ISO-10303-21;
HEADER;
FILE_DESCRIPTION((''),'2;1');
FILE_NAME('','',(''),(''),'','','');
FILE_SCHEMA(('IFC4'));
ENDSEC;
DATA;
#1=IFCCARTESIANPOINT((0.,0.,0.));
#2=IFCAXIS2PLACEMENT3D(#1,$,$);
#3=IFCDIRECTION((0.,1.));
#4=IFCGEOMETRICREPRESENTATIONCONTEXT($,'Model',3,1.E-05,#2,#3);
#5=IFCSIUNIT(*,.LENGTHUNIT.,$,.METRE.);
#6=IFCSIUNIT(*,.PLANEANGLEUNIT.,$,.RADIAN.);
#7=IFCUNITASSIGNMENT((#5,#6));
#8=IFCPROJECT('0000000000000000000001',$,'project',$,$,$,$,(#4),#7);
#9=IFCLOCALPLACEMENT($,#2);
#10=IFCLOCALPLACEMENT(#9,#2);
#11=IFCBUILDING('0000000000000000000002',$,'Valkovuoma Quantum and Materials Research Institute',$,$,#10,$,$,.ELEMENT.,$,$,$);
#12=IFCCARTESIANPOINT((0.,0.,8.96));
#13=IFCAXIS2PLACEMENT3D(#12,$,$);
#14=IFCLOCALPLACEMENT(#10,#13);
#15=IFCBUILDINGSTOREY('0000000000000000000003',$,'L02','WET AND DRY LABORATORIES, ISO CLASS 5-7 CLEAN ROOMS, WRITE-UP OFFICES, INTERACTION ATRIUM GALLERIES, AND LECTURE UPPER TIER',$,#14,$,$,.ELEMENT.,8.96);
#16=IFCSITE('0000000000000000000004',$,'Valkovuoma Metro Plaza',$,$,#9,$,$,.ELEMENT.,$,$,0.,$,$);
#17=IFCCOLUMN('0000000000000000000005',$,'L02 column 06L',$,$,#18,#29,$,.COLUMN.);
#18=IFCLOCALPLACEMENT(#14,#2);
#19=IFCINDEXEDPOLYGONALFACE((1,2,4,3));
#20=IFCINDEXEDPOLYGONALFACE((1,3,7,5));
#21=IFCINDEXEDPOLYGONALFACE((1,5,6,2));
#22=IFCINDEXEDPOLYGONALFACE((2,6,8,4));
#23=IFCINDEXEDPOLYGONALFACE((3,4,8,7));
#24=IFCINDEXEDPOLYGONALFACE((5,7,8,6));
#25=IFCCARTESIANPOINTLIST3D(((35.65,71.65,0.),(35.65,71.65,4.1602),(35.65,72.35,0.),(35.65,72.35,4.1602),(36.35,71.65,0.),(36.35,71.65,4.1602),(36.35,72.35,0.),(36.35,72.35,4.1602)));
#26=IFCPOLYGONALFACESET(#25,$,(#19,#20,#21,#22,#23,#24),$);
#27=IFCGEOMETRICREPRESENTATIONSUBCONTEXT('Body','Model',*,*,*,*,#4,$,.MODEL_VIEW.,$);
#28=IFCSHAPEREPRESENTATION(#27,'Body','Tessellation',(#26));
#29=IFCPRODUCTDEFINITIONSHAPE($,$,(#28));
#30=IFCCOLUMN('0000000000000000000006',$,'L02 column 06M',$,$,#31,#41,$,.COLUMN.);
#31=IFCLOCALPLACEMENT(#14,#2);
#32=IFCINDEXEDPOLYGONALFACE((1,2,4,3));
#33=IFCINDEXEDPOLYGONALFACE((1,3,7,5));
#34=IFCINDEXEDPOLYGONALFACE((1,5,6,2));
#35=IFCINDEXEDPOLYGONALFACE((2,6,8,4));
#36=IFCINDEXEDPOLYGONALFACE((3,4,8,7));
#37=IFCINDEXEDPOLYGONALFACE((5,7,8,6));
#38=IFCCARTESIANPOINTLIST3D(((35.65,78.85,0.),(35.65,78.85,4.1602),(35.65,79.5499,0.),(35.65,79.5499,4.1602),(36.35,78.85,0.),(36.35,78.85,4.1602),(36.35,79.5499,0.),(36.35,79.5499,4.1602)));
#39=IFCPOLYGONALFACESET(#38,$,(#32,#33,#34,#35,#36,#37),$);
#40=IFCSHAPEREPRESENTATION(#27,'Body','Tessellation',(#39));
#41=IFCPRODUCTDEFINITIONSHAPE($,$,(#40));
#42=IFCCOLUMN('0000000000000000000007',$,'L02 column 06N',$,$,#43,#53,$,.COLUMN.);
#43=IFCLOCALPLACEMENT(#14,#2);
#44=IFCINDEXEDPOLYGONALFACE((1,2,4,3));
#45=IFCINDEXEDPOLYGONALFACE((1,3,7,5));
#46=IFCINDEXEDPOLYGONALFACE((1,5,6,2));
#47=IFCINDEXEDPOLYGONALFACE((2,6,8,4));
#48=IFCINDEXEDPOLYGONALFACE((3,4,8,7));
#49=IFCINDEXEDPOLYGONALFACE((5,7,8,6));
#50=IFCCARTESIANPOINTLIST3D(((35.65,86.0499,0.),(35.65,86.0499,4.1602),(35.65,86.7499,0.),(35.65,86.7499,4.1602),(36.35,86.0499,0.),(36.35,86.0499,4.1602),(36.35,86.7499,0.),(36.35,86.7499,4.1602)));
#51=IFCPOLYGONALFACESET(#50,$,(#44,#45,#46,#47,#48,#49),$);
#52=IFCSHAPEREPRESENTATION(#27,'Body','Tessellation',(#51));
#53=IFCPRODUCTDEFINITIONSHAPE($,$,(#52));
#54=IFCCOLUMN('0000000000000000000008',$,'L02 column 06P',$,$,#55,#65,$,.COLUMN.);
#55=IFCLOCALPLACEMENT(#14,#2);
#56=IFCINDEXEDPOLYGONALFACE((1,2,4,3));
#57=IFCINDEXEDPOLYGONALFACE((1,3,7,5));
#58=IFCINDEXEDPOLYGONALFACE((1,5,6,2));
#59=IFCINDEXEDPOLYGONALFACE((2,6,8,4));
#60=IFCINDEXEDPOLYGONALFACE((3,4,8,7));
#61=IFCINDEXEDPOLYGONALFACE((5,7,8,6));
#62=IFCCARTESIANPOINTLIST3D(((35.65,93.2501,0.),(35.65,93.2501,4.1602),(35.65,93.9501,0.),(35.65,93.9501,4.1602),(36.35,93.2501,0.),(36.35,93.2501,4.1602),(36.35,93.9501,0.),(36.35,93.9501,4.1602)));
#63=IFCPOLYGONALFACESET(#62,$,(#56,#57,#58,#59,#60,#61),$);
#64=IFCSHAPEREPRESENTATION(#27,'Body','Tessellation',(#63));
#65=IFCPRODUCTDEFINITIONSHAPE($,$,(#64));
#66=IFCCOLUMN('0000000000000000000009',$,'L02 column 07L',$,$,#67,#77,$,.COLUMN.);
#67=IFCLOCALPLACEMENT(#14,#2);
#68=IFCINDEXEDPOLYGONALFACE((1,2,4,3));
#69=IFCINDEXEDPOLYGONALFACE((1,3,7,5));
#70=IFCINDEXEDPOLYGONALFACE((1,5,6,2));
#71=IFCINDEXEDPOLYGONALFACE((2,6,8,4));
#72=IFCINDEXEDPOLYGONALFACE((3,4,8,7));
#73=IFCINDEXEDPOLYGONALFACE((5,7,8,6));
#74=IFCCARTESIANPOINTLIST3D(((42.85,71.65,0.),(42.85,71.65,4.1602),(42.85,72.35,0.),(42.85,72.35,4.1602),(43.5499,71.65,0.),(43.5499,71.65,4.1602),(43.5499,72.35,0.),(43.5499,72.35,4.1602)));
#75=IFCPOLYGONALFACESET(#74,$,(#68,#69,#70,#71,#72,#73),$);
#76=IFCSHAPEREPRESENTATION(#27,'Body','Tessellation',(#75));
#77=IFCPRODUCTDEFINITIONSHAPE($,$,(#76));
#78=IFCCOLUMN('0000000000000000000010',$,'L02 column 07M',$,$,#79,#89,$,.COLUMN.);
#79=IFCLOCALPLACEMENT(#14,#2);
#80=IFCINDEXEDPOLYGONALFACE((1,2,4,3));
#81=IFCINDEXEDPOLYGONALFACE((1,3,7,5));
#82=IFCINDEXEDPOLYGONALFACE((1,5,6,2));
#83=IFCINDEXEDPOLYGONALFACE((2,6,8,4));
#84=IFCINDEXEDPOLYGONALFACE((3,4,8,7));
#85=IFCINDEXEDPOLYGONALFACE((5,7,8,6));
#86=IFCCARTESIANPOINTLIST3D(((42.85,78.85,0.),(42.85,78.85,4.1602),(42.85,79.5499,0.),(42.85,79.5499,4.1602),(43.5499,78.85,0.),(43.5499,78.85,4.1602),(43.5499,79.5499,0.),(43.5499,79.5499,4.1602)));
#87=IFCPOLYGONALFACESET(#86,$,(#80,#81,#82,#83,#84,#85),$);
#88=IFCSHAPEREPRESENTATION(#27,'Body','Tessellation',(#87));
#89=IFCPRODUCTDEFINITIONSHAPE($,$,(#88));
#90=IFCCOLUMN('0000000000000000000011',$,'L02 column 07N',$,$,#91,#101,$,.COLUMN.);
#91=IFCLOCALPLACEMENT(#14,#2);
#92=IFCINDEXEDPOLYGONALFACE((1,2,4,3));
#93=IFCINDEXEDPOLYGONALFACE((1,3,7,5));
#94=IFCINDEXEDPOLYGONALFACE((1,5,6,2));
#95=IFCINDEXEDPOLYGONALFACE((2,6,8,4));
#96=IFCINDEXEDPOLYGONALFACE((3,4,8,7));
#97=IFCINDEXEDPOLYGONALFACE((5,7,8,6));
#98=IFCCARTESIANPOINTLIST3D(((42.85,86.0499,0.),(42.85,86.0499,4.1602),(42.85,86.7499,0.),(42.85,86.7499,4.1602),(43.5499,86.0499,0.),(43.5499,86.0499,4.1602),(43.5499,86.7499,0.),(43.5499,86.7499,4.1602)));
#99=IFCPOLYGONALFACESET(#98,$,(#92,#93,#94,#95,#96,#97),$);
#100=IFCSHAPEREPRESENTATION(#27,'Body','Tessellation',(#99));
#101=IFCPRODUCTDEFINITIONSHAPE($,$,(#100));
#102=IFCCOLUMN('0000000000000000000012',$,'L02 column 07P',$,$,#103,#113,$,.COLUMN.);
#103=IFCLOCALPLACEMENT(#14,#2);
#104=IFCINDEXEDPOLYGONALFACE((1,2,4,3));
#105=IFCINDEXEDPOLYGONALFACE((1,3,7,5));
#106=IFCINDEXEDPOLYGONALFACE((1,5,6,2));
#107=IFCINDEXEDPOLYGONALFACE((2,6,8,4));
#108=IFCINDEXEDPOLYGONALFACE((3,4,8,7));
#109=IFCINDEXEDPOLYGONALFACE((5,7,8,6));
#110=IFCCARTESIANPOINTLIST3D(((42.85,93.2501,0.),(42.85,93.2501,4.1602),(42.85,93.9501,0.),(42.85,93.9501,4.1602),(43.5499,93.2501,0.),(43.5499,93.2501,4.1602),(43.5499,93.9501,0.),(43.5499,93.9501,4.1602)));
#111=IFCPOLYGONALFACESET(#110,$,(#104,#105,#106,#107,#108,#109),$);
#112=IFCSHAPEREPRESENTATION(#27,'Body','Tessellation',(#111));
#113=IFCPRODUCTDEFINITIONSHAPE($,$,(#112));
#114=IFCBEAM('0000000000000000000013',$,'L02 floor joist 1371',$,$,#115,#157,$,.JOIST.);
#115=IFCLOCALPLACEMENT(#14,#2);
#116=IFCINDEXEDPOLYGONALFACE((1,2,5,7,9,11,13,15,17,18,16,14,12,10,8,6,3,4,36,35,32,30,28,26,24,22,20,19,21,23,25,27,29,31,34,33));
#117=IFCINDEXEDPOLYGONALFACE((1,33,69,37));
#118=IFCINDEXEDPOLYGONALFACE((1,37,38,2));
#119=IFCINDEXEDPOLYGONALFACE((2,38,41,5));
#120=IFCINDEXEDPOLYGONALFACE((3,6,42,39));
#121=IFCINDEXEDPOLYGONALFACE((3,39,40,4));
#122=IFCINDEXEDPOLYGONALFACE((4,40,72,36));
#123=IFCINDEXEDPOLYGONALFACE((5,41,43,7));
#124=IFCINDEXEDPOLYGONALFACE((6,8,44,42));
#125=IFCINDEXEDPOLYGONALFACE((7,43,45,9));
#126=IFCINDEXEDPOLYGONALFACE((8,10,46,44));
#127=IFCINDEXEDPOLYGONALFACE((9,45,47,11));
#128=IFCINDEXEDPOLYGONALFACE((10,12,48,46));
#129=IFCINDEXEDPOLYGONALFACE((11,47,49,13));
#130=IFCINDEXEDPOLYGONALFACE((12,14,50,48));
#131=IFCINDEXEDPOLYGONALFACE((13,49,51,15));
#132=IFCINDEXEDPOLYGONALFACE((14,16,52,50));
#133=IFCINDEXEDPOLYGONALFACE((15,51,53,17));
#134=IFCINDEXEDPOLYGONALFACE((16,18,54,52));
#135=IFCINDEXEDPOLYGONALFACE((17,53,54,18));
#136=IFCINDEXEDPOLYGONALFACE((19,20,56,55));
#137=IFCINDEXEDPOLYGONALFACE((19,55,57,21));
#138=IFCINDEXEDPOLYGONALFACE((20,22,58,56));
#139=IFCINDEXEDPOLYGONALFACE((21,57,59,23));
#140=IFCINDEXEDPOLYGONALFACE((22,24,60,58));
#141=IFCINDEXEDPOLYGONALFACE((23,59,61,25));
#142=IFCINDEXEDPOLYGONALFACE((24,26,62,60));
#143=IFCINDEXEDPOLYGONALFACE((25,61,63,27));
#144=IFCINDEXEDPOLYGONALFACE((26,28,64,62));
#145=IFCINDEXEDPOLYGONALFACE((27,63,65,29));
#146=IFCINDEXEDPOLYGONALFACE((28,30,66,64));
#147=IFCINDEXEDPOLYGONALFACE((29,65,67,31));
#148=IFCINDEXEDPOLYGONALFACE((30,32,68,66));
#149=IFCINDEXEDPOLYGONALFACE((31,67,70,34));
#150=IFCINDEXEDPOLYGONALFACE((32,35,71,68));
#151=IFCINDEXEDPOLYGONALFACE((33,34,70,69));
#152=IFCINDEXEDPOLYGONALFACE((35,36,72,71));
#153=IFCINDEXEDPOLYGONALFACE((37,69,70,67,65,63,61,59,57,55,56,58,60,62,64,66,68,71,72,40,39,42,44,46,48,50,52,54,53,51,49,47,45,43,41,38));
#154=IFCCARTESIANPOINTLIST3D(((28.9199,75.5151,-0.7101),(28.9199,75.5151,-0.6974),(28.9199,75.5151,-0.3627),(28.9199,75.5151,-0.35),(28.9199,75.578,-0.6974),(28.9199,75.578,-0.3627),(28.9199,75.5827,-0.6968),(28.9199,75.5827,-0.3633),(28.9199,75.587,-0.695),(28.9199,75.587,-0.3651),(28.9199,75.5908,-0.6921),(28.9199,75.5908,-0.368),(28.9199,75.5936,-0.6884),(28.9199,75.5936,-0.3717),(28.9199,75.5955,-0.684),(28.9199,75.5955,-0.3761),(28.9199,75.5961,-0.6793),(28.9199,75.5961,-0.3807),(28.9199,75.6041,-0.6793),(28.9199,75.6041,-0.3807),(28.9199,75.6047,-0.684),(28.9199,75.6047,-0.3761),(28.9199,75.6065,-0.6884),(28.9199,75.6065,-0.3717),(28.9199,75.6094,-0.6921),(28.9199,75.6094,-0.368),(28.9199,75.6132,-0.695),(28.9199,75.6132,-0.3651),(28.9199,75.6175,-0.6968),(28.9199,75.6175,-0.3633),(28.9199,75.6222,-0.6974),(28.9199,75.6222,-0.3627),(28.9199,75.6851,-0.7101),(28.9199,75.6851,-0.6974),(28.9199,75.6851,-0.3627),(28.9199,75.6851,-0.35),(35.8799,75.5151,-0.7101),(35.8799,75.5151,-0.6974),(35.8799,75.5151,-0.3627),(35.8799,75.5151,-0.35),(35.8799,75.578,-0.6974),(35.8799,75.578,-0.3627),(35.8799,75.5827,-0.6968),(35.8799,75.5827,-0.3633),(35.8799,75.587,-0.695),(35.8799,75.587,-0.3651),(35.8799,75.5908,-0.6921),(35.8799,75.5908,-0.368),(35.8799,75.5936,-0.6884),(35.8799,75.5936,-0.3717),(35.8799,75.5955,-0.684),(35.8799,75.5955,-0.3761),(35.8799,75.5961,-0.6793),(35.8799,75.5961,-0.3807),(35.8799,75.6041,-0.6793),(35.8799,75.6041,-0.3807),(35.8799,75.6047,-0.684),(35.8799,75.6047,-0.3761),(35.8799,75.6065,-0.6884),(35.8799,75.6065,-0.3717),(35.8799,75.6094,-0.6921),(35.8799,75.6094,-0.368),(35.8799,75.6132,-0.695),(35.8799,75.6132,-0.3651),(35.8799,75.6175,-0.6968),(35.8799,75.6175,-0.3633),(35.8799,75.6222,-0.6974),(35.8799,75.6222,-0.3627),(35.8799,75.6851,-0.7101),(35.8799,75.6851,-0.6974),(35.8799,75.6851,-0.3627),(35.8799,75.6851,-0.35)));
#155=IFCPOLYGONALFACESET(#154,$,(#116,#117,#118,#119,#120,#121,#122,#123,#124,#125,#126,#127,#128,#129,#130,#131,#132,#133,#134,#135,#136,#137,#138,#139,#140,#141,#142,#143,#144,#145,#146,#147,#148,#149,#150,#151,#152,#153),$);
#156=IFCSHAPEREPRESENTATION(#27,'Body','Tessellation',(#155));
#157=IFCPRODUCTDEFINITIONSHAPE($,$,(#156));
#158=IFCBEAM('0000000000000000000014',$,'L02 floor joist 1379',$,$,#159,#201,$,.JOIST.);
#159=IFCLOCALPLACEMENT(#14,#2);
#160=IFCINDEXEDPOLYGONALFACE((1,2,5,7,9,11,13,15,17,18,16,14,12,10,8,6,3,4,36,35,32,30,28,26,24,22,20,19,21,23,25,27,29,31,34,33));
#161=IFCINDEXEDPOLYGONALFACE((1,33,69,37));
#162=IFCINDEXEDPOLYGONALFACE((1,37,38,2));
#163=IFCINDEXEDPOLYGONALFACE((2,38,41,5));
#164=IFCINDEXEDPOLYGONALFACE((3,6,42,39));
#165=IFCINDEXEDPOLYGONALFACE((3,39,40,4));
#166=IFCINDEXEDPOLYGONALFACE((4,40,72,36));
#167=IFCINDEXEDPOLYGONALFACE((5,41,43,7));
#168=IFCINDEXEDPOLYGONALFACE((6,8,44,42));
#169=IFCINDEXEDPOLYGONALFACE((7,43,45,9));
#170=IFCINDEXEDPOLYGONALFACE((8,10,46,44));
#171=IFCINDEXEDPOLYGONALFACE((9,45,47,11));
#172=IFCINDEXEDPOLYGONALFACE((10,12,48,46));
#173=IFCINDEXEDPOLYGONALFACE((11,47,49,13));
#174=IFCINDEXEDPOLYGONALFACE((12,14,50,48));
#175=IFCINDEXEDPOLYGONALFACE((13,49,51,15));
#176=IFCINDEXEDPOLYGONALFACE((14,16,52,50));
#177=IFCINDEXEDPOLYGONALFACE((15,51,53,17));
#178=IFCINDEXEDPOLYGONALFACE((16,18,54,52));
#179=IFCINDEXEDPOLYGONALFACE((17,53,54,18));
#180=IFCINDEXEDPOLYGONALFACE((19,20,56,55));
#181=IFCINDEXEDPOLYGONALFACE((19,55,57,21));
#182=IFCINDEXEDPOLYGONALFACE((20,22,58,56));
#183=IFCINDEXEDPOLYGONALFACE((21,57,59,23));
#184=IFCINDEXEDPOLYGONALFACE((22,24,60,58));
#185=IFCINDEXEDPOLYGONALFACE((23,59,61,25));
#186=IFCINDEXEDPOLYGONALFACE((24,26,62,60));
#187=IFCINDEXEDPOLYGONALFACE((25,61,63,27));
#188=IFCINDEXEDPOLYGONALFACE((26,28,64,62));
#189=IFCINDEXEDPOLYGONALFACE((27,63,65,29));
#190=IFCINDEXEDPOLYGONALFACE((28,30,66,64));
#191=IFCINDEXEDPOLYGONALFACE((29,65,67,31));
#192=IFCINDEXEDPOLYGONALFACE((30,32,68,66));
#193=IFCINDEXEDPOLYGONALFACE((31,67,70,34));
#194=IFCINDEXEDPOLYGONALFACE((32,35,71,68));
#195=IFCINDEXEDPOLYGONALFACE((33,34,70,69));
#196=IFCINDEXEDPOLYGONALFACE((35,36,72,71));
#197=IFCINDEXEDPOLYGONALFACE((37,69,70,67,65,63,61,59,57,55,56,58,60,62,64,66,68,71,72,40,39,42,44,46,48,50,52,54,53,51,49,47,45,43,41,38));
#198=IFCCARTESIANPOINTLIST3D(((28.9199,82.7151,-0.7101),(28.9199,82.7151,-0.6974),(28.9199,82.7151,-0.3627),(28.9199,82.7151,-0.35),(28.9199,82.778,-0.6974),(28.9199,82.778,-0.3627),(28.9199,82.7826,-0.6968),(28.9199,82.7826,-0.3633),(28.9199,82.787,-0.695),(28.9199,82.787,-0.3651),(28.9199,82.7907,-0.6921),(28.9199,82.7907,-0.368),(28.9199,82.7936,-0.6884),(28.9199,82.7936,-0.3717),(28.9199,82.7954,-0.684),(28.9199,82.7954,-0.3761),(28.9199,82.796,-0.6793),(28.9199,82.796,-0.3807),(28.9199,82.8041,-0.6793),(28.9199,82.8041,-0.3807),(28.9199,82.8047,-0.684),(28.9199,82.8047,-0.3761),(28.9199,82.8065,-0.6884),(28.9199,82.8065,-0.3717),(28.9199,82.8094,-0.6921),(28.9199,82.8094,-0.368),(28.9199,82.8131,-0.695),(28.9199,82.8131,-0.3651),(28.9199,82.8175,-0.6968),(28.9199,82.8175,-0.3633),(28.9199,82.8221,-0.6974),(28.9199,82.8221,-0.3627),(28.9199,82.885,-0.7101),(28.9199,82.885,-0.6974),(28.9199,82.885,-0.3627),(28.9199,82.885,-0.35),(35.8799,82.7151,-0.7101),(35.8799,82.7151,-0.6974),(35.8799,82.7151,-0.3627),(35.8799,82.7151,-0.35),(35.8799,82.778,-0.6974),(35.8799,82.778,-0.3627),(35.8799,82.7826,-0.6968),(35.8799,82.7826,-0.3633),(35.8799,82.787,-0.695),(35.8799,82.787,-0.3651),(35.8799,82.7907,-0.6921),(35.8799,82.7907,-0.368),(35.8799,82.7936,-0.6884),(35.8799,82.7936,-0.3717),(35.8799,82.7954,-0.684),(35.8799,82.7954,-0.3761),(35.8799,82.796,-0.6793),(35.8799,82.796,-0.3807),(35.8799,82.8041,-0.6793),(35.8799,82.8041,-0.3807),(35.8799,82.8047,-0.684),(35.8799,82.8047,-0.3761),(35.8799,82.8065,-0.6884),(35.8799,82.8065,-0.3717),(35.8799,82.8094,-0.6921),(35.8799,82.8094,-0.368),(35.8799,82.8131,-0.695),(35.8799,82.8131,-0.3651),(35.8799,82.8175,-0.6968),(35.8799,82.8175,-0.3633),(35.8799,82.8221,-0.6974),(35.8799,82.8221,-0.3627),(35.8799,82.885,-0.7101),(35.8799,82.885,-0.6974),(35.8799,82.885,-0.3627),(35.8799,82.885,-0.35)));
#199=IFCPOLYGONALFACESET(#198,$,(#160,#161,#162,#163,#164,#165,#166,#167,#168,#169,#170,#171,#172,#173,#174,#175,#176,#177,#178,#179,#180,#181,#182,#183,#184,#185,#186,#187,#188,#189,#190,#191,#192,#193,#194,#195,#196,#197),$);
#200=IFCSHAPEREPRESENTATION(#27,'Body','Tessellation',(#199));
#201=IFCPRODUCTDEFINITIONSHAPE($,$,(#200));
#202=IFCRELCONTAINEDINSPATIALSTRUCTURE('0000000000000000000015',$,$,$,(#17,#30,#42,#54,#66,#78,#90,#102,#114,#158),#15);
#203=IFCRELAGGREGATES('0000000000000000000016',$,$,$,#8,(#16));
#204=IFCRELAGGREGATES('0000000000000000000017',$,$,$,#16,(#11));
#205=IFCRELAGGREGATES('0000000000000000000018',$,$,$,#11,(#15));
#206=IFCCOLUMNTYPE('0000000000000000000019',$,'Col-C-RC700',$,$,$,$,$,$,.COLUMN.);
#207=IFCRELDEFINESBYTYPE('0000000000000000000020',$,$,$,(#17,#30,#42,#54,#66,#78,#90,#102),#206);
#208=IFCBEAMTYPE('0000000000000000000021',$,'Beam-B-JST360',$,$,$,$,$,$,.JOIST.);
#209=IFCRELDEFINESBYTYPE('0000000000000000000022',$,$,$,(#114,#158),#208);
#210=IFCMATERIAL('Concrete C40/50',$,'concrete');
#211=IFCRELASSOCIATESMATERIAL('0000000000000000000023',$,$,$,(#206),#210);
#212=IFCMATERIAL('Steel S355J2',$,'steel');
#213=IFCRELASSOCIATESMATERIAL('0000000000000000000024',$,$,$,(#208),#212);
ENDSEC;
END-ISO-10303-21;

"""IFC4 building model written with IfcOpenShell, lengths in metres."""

from ifc_helpers import new_model, si_unit, direction, frame, origin, origin_2d, place, context, subcontext, project, spatial, rectangle, i_section, extrude, material, material_profile, profile_set, type_object, element, save


model = new_model("IFC4")

# Units and contexts
model_context = context("Model", 3, precision=1e-05, world=origin(), true_north=direction((0.0, 1.0)))
body_context = subcontext(model_context, "Body", "Model", "MODEL_VIEW")
ifc_project = project(units=[si_unit("LENGTHUNIT", "METRE"), si_unit("PLANEANGLEUNIT", "RADIAN")], contexts=[model_context])

# Site, building, storey
site_placement = place(None, origin())
site = spatial("IfcSite", under=ifc_project, at=site_placement, Name="Valkovuoma Metro Plaza", CompositionType="ELEMENT", RefElevation=0.0)
building_placement = place(site_placement, origin())
building = spatial("IfcBuilding", under=site, at=building_placement, Name="Valkovuoma Quantum and Materials Research Institute", CompositionType="ELEMENT")
storey_placement = place(building_placement, frame((0.0, 0.0, 8.96)))
storey = spatial("IfcBuildingStorey", under=building, at=storey_placement, Name="L02", Description="WET AND DRY LABORATORIES, ISO CLASS 5-7 CLEAN ROOMS, WRITE-UP OFFICES, INTERACTION ATRIUM GALLERIES, AND LECTURE UPPER TIER", CompositionType="ELEMENT", Elevation=8.96)

# Columns
ifc_material_1 = material(Name="Concrete C40/50", Category="concrete")
ifc_material_profile_1 = material_profile(ifc_material_1, rectangle(XDim=0.7, YDim=0.7, at=origin_2d()), Name="Concrete C40/50")
ifc_profile_set_1 = profile_set([ifc_material_profile_1], Name="Concrete C40/50")
column_type = type_object("IfcColumnType", Name="Col-C-RC700", PredefinedType="COLUMN", material=ifc_profile_set_1)
for number, where, z_axis, x_axis, name in (
    (1, (36.0, 72.0, 0.0), (0.0, 0.0, 1.0), (1.0, 0.0, 0.0), "L02 column 06L"),
    (2, (36.0, 79.2, 0.0), (0.0, 0.0, 1.0), (1.0, 0.0, 0.0), "L02 column 06M"),
    (3, (36.0, 86.3999, 0.0), (0.0, 0.0, 1.0), (1.0, 0.0, 0.0), "L02 column 06N"),
    (4, (36.0, 93.6001, 0.0), (0.0, 0.0, 1.0), (1.0, 0.0, 0.0), "L02 column 06P"),
    (5, (43.2, 72.0, 0.0), (0.0, 0.0, 1.0), (1.0, 0.0, 0.0), "L02 column 07L"),
    (6, (43.2, 79.2, 0.0), (0.0, 0.0, 1.0), (1.0, 0.0, 0.0), "L02 column 07M"),
    (7, (43.2, 86.3999, 0.0), (0.0, 0.0, 1.0), (1.0, 0.0, 0.0), "L02 column 07N"),
    (8, (43.2, 93.6001, 0.0), (0.0, 0.0, 1.0), (1.0, 0.0, 0.0), "L02 column 07P"),
):
    element("IfcColumn", number, at=place(storey_placement, frame(where, z_axis=z_axis, x_axis=x_axis)), inside=storey, type_object=column_type, Name=name, PredefinedType="COLUMN", context=body_context, shape_type="SweptSolid", body=[
        extrude(rectangle(XDim=0.7, YDim=0.7, at=origin_2d()), origin(), (0.0, 0.0, 1.0), 4.1602),
    ])

# Beams
ifc_material_2 = material(Name="Steel S355J2", Category="steel")
ifc_material_profile_2 = material_profile(ifc_material_2, i_section(OverallWidth=0.1699, OverallDepth=0.3601, WebThickness=0.0081, FlangeThickness=0.0127, FilletRadius=0.0181, at=origin_2d()), Name="Steel S355J2")
ifc_profile_set_2 = profile_set([ifc_material_profile_2], Name="Steel S355J2")
beam_type_1 = type_object("IfcBeamType", Name="Beam-B-JST360", PredefinedType="JOIST", material=ifc_profile_set_2)
for number, where, z_axis, x_axis, name in (
    (9, (28.9199, 75.6001, -0.53), (1.0, 0.0, 0.0), (0.0, 1.0, 0.0), "L02 floor joist 1371"),
    (10, (28.9199, 82.8, -0.53), (1.0, 0.0, 0.0), (0.0, 1.0, 0.0), "L02 floor joist 1379"),
):
    element("IfcBeam", number, at=place(storey_placement, frame(where, z_axis=z_axis, x_axis=x_axis)), inside=storey, type_object=beam_type_1, Name=name, PredefinedType="JOIST", context=body_context, shape_type="SweptSolid", body=[
        extrude(i_section(OverallWidth=0.1699, OverallDepth=0.3601, WebThickness=0.0081, FlangeThickness=0.0127, FilletRadius=0.0181, at=origin_2d()), origin(), (0.0, 0.0, 1.0), 6.96),
    ])

save(model, "model.ifc")
